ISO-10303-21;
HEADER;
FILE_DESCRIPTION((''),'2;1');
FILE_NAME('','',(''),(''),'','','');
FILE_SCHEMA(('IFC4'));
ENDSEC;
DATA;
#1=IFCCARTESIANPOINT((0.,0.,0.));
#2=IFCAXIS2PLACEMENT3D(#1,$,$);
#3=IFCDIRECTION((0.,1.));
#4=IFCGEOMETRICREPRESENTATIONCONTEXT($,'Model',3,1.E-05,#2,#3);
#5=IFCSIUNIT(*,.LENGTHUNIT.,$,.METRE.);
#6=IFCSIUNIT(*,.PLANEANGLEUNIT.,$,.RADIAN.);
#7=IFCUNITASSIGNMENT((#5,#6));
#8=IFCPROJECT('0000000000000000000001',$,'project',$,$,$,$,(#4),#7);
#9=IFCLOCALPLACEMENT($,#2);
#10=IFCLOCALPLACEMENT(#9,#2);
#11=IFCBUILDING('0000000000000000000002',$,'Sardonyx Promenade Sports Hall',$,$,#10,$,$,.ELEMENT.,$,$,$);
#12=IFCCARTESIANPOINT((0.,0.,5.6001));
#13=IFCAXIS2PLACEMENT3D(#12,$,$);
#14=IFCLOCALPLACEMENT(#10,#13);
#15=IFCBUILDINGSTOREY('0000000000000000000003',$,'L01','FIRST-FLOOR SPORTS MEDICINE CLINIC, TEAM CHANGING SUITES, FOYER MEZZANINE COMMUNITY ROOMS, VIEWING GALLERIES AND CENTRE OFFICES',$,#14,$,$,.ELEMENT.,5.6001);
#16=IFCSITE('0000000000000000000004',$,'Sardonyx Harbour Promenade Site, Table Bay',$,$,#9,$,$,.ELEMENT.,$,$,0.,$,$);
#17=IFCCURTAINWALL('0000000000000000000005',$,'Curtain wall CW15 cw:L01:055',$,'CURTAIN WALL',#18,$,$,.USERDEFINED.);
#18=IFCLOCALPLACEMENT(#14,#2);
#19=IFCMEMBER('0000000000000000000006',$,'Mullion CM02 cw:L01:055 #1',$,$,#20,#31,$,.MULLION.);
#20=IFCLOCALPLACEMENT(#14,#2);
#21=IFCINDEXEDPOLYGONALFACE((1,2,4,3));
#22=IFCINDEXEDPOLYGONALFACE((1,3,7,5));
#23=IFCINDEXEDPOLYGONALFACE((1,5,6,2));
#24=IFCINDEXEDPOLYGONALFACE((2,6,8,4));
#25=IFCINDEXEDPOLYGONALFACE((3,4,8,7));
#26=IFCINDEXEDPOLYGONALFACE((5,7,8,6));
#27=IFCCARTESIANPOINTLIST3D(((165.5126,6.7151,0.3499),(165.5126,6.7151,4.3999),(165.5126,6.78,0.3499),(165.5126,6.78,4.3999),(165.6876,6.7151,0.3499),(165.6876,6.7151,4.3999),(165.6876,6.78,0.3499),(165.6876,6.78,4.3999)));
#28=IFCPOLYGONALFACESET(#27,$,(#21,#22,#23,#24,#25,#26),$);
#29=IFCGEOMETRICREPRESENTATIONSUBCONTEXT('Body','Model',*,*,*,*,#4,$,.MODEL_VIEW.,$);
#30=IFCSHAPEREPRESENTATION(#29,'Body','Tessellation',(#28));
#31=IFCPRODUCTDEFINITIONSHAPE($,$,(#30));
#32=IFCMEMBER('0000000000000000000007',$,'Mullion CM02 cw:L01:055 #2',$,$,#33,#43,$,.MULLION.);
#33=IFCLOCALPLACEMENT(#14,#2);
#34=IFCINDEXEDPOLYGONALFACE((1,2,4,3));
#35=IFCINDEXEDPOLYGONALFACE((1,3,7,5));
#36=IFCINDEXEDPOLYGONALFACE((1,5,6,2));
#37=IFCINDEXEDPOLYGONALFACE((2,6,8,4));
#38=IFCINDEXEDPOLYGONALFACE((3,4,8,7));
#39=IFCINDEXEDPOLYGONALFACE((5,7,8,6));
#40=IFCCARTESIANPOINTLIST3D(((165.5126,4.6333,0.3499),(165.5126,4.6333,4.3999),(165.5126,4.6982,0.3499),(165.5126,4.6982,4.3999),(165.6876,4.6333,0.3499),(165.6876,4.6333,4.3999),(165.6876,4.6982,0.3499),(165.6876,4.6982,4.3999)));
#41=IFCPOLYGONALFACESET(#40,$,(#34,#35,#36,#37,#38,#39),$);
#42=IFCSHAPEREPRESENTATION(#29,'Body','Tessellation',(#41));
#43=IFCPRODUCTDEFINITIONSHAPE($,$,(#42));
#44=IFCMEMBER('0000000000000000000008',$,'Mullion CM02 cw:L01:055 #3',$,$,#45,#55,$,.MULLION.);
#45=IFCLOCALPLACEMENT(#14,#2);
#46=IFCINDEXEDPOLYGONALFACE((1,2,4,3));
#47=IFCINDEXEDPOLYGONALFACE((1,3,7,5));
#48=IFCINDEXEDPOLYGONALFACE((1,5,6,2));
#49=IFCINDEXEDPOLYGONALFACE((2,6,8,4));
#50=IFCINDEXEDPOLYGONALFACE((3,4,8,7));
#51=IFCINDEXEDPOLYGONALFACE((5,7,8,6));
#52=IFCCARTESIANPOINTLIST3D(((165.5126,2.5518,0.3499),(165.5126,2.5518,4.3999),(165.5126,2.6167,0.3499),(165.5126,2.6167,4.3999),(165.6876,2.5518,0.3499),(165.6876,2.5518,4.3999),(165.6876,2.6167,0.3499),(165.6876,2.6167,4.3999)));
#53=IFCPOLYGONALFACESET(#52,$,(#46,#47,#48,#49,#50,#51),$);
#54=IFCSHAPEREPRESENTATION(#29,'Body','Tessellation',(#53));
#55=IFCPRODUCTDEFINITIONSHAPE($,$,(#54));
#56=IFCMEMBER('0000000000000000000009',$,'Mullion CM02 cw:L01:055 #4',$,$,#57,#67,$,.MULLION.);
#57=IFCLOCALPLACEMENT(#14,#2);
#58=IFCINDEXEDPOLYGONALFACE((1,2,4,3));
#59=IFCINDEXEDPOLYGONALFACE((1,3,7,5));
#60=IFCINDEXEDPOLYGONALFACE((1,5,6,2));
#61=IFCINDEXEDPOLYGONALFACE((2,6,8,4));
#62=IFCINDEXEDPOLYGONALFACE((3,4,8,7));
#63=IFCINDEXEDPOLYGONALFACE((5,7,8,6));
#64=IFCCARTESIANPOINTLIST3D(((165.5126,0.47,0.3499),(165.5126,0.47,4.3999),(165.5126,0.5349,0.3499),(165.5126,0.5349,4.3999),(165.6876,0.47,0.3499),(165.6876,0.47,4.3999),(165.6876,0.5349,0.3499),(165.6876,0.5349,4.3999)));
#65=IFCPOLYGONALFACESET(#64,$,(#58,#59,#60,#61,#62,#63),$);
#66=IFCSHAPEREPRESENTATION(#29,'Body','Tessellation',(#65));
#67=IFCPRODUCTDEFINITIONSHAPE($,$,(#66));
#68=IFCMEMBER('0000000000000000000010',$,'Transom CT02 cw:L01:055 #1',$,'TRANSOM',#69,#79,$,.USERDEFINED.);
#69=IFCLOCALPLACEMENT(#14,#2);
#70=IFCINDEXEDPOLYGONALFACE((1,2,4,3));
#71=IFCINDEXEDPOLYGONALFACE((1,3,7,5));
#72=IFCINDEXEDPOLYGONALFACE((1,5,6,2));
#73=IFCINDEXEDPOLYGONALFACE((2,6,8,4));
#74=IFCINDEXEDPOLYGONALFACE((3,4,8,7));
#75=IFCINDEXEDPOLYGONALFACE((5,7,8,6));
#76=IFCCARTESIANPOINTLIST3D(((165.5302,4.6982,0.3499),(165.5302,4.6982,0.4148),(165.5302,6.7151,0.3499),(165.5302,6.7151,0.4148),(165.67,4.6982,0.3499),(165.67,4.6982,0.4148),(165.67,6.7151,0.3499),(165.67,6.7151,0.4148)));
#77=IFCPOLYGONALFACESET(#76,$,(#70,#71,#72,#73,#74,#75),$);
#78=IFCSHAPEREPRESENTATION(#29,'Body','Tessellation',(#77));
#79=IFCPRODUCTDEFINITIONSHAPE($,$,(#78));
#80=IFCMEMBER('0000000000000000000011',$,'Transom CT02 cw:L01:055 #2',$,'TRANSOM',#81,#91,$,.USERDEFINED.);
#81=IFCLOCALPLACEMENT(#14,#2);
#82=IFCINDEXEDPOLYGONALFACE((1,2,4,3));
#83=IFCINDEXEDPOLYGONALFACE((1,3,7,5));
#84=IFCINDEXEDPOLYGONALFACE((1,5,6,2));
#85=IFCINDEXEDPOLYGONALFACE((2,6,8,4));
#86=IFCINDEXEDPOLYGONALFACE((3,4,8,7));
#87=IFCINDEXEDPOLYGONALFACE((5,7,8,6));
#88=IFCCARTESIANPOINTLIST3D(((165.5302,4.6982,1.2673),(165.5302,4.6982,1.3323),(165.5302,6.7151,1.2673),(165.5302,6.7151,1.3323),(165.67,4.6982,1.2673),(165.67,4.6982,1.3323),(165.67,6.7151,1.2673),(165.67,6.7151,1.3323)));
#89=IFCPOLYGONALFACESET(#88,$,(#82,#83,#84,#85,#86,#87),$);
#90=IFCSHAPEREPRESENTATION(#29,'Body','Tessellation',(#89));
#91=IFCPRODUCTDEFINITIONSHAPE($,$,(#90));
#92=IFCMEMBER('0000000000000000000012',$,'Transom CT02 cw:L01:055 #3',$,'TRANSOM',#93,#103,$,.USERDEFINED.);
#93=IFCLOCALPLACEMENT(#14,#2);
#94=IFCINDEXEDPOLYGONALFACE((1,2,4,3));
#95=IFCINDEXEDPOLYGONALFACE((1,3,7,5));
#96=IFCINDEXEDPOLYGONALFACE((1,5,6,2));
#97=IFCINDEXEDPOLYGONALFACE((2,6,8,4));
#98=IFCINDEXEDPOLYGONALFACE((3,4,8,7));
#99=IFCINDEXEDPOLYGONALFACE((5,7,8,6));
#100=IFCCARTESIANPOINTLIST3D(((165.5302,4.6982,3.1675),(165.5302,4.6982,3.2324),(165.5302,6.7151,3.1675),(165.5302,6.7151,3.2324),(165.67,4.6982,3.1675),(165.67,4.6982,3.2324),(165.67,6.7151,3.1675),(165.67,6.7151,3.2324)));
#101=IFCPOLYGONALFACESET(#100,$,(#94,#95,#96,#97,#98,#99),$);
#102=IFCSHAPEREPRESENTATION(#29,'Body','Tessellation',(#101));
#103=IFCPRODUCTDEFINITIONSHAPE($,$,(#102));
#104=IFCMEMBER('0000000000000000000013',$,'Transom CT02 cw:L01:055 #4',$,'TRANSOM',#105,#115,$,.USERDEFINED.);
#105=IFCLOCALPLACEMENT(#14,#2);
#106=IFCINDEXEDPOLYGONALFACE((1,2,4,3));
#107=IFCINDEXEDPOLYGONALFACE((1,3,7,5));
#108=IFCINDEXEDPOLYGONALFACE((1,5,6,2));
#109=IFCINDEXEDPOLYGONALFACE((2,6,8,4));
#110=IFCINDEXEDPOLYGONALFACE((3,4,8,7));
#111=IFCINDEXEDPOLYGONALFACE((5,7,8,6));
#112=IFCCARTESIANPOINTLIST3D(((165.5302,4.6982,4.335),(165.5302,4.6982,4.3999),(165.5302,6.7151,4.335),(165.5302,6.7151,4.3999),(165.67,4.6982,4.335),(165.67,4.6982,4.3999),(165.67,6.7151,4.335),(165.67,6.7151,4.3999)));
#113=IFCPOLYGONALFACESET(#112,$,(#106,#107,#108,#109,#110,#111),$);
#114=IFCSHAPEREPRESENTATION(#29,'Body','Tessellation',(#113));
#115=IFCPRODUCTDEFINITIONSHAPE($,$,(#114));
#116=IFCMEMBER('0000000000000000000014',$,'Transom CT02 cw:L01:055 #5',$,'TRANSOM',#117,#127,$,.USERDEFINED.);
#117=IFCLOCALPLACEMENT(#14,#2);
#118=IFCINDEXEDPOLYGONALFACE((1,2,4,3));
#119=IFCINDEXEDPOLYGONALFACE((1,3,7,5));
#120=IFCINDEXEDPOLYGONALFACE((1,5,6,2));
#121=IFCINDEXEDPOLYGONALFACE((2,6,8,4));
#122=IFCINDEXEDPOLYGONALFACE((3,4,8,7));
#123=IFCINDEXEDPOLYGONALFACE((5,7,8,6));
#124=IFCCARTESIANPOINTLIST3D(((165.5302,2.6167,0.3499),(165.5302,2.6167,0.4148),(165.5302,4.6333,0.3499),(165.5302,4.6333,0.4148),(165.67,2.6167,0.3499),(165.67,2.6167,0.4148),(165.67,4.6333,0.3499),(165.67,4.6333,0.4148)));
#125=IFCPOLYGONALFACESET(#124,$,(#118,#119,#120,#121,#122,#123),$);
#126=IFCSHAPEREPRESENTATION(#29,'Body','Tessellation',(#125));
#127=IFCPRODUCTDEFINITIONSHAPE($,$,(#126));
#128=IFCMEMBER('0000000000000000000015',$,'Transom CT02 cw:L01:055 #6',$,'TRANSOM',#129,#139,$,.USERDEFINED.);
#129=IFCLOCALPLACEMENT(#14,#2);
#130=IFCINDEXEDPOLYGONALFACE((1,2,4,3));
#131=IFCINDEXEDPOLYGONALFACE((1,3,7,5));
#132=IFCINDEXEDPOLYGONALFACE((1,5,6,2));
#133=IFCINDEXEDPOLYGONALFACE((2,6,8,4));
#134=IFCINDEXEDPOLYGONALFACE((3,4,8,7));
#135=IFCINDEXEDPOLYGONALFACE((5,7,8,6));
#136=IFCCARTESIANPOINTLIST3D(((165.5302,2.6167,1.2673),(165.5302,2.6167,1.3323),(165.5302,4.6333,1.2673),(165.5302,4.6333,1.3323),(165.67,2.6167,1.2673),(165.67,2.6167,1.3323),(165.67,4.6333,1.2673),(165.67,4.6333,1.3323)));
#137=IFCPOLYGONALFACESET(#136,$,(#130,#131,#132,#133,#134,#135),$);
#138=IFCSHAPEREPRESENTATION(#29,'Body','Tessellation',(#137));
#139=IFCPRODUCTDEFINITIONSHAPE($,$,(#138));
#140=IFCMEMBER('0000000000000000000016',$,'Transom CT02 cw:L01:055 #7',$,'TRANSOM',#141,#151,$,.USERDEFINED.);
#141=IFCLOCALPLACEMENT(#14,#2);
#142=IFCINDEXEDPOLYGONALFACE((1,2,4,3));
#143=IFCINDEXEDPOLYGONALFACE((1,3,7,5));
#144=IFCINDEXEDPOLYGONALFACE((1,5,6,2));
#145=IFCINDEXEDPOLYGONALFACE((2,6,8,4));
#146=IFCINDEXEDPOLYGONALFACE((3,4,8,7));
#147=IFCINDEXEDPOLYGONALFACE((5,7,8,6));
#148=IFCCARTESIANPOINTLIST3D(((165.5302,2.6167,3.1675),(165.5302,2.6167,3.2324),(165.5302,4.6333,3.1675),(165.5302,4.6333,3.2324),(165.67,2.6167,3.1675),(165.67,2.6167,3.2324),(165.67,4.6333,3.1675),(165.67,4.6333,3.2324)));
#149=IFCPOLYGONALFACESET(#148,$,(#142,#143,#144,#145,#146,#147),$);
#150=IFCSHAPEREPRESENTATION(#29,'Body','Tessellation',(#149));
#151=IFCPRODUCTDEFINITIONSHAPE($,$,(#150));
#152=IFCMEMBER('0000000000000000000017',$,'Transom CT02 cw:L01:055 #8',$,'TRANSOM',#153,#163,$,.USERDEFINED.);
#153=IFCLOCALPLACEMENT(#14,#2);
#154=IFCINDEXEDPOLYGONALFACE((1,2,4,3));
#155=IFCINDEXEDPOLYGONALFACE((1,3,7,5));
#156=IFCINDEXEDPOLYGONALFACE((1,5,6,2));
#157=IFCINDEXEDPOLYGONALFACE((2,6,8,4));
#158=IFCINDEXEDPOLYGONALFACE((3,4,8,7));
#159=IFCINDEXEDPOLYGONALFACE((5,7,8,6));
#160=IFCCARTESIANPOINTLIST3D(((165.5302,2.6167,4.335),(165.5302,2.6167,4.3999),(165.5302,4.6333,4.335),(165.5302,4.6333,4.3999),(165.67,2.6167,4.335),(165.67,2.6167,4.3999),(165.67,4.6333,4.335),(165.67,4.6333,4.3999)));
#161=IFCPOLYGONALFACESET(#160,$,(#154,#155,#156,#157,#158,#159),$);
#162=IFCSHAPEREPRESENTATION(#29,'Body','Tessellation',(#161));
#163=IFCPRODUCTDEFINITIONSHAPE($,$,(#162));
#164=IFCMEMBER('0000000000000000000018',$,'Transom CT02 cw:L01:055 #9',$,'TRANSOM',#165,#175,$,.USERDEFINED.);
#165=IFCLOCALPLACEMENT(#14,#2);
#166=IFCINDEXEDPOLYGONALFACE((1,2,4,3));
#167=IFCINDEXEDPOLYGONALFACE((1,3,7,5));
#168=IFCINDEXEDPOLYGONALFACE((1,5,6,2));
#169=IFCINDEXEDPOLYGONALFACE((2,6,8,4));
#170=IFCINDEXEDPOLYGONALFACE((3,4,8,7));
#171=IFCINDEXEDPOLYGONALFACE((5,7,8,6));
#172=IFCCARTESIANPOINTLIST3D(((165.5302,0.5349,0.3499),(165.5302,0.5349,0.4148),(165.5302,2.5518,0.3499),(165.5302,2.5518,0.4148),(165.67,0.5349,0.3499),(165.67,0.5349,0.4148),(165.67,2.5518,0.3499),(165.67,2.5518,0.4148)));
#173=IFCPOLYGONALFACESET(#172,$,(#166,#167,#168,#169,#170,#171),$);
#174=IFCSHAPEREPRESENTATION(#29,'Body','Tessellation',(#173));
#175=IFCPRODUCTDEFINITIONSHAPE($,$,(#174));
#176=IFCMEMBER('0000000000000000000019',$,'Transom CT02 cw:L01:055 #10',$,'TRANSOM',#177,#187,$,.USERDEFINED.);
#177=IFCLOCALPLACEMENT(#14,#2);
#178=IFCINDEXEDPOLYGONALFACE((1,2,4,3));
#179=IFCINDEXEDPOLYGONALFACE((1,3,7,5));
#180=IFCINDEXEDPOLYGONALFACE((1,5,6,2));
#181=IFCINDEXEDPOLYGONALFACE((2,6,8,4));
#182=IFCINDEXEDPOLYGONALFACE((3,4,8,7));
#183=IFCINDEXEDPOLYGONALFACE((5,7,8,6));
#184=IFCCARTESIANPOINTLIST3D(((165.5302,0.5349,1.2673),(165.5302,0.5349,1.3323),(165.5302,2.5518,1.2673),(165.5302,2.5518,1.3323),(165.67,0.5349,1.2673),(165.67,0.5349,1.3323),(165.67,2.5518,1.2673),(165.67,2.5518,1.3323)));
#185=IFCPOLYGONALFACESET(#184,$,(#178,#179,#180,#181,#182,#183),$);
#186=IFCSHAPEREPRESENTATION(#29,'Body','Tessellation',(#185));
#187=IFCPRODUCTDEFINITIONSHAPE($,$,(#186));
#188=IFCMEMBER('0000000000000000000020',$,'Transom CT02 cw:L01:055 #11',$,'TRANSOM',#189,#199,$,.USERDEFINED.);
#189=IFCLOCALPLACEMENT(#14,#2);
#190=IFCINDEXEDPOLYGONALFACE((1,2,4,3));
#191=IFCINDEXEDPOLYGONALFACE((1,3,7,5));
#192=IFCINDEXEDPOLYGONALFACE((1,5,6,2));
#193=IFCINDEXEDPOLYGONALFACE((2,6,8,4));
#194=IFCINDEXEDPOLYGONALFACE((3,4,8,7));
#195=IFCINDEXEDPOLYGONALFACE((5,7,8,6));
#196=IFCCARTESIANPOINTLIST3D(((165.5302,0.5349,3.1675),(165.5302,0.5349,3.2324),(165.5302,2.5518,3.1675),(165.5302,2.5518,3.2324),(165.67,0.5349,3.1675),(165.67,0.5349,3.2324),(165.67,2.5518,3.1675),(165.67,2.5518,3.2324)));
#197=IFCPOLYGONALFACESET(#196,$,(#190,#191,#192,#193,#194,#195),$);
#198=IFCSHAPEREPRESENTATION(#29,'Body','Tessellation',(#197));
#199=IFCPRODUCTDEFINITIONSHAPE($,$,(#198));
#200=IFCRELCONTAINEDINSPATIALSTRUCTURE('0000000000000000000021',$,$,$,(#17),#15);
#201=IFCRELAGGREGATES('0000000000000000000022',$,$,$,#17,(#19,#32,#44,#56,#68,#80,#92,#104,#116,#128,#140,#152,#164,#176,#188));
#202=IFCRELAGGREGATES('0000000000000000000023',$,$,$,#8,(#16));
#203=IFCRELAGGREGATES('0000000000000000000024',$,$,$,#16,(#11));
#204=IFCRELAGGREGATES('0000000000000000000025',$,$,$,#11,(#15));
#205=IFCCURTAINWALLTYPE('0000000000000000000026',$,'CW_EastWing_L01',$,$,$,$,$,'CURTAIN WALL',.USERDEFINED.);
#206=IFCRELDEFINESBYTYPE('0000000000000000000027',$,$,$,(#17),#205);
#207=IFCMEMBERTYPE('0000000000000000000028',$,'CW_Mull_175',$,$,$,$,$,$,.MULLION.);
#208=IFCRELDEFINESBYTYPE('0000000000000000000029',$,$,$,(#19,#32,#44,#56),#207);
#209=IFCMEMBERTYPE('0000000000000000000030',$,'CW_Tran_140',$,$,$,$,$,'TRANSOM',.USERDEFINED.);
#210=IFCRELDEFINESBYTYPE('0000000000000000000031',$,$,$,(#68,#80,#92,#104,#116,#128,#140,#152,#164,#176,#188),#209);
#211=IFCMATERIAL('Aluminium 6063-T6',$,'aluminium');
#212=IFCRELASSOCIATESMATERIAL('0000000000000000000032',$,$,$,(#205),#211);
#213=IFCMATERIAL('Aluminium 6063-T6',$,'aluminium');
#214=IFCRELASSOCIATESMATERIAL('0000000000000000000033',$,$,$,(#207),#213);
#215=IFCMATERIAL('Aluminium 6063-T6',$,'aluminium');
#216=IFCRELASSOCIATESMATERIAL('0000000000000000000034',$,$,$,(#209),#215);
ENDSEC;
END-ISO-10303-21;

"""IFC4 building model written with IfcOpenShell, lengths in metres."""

from ifc_helpers import new_model, si_unit, direction, frame, origin, origin_2d, place, context, subcontext, project, spatial, rectangle, extrude, material, material_profile, profile_set, type_object, element, aggregate, save


model = new_model("IFC4")

# Units and contexts
model_context = context("Model", 3, precision=1e-05, world=origin(), true_north=direction((0.0, 1.0)))
body_context = subcontext(model_context, "Body", "Model", "MODEL_VIEW")
ifc_project = project(units=[si_unit("LENGTHUNIT", "METRE"), si_unit("PLANEANGLEUNIT", "RADIAN")], contexts=[model_context])

# Site, building, storey
site_placement = place(None, origin())
site = spatial("IfcSite", under=ifc_project, at=site_placement, Name="Sardonyx Harbour Promenade Site, Table Bay", CompositionType="ELEMENT", RefElevation=0.0)
building_placement = place(site_placement, origin())
building = spatial("IfcBuilding", under=site, at=building_placement, Name="Sardonyx Promenade Sports Hall", CompositionType="ELEMENT")
storey_placement = place(building_placement, frame((0.0, 0.0, 5.6001)))
storey = spatial("IfcBuildingStorey", under=building, at=storey_placement, Name="L01", Description="FIRST-FLOOR SPORTS MEDICINE CLINIC, TEAM CHANGING SUITES, FOYER MEZZANINE COMMUNITY ROOMS, VIEWING GALLERIES AND CENTRE OFFICES", CompositionType="ELEMENT", Elevation=5.6001)

# Curtain wall, members
ifc_material_1 = material(Name="Aluminium 6063-T6", Category="aluminium")
curtain_wall_type = type_object("IfcCurtainWallType", Name="CW_EastWing_L01", ElementType="CURTAIN WALL", PredefinedType="USERDEFINED", material=ifc_material_1)
curtain_wall_placement = place(storey_placement, origin())
curtain_wall = element("IfcCurtainWall", 1, at=curtain_wall_placement, inside=storey, type_object=curtain_wall_type, Name="Curtain wall CW15 cw:L01:055", ObjectType="CURTAIN WALL", PredefinedType="USERDEFINED")
ifc_material_2 = material(Name="Aluminium 6063-T6", Category="aluminium")
ifc_material_profile_1 = material_profile(ifc_material_2, rectangle(XDim=0.0649, YDim=0.175, at=origin_2d()))
ifc_profile_set_1 = profile_set([ifc_material_profile_1], Name="Aluminium 6063-T6")
member_type_1 = type_object("IfcMemberType", Name="CW_Mull_175", PredefinedType="MULLION", material=ifc_profile_set_1)
member_1_placement = place(storey_placement, frame((165.6001, 6.7476, 0.3499), z_axis=(0.0, 0.0, 1.0), x_axis=(0.0, -1.0, 0.0)))
member_1 = element("IfcMember", 2, at=member_1_placement, type_object=member_type_1, Name="Mullion CM02 cw:L01:055 #1", PredefinedType="MULLION", context=body_context, shape_type="SweptSolid", body=[
    extrude(rectangle(XDim=0.0649, YDim=0.175, at=origin_2d()), origin(), (0.0, 0.0, 1.0), 4.05),
])
member_2_placement = place(storey_placement, frame((165.6001, 4.6658, 0.3499), z_axis=(0.0, 0.0, 1.0), x_axis=(0.0, -1.0, 0.0)))
member_2 = element("IfcMember", 3, at=member_2_placement, type_object=member_type_1, Name="Mullion CM02 cw:L01:055 #2", PredefinedType="MULLION", context=body_context, shape_type="SweptSolid", body=[
    extrude(rectangle(XDim=0.0649, YDim=0.175, at=origin_2d()), origin(), (0.0, 0.0, 1.0), 4.05),
])
member_3_placement = place(storey_placement, frame((165.6001, 2.5842, 0.3499), z_axis=(0.0, 0.0, 1.0), x_axis=(0.0, -1.0, 0.0)))
member_3 = element("IfcMember", 4, at=member_3_placement, type_object=member_type_1, Name="Mullion CM02 cw:L01:055 #3", PredefinedType="MULLION", context=body_context, shape_type="SweptSolid", body=[
    extrude(rectangle(XDim=0.0649, YDim=0.175, at=origin_2d()), origin(), (0.0, 0.0, 1.0), 4.05),
])
member_4_placement = place(storey_placement, frame((165.6001, 0.5024, 0.3499), z_axis=(0.0, 0.0, 1.0), x_axis=(0.0, -1.0, 0.0)))
member_4 = element("IfcMember", 5, at=member_4_placement, type_object=member_type_1, Name="Mullion CM02 cw:L01:055 #4", PredefinedType="MULLION", context=body_context, shape_type="SweptSolid", body=[
    extrude(rectangle(XDim=0.0649, YDim=0.175, at=origin_2d()), origin(), (0.0, 0.0, 1.0), 4.05),
])
ifc_material_3 = material(Name="Aluminium 6063-T6", Category="aluminium")
ifc_material_profile_2 = material_profile(ifc_material_3, rectangle(XDim=0.0649, YDim=0.1399, at=origin_2d()))
ifc_profile_set_2 = profile_set([ifc_material_profile_2], Name="Aluminium 6063-T6")
member_type_2 = type_object("IfcMemberType", Name="CW_Tran_140", ElementType="TRANSOM", PredefinedType="USERDEFINED", material=ifc_profile_set_2)
member_5_placement = place(storey_placement, frame((165.6001, 6.7151, 0.3823), z_axis=(0.0, -1.0, 0.0), x_axis=(0.0, 0.0, 1.0)))
member_5 = element("IfcMember", 6, at=member_5_placement, type_object=member_type_2, Name="Transom CT02 cw:L01:055 #1", ObjectType="TRANSOM", PredefinedType="USERDEFINED", context=body_context, shape_type="SweptSolid", body=[
    extrude(rectangle(XDim=0.0649, YDim=0.1399, at=origin_2d()), origin(), (0.0, 0.0, 1.0), 2.0168),
])
member_6_placement = place(storey_placement, frame((165.6001, 6.7151, 1.2998), z_axis=(0.0, -1.0, 0.0), x_axis=(0.0, 0.0, 1.0)))
member_6 = element("IfcMember", 7, at=member_6_placement, type_object=member_type_2, Name="Transom CT02 cw:L01:055 #2", ObjectType="TRANSOM", PredefinedType="USERDEFINED", context=body_context, shape_type="SweptSolid", body=[
    extrude(rectangle(XDim=0.0649, YDim=0.1399, at=origin_2d()), origin(), (0.0, 0.0, 1.0), 2.0168),
])
member_7_placement = place(storey_placement, frame((165.6001, 6.7151, 3.2), z_axis=(0.0, -1.0, 0.0), x_axis=(0.0, 0.0, 1.0)))
member_7 = element("IfcMember", 8, at=member_7_placement, type_object=member_type_2, Name="Transom CT02 cw:L01:055 #3", ObjectType="TRANSOM", PredefinedType="USERDEFINED", context=body_context, shape_type="SweptSolid", body=[
    extrude(rectangle(XDim=0.0649, YDim=0.1399, at=origin_2d()), origin(), (0.0, 0.0, 1.0), 2.0168),
])
member_8_placement = place(storey_placement, frame((165.6001, 6.7151, 4.3674), z_axis=(0.0, -1.0, 0.0), x_axis=(0.0, 0.0, 1.0)))
member_8 = element("IfcMember", 9, at=member_8_placement, type_object=member_type_2, Name="Transom CT02 cw:L01:055 #4", ObjectType="TRANSOM", PredefinedType="USERDEFINED", context=body_context, shape_type="SweptSolid", body=[
    extrude(rectangle(XDim=0.0649, YDim=0.1399, at=origin_2d()), origin(), (0.0, 0.0, 1.0), 2.0168),
])
member_9_placement = place(storey_placement, frame((165.6001, 4.6333, 0.3823), z_axis=(0.0, -1.0, 0.0), x_axis=(0.0, 0.0, 1.0)))
member_9 = element("IfcMember", 10, at=member_9_placement, type_object=member_type_2, Name="Transom CT02 cw:L01:055 #5", ObjectType="TRANSOM", PredefinedType="USERDEFINED", context=body_context, shape_type="SweptSolid", body=[
    extrude(rectangle(XDim=0.0649, YDim=0.1399, at=origin_2d()), origin(), (0.0, 0.0, 1.0), 2.0166),
])
member_10_placement = place(storey_placement, frame((165.6001, 4.6333, 1.2998), z_axis=(0.0, -1.0, 0.0), x_axis=(0.0, 0.0, 1.0)))
member_10 = element("IfcMember", 11, at=member_10_placement, type_object=member_type_2, Name="Transom CT02 cw:L01:055 #6", ObjectType="TRANSOM", PredefinedType="USERDEFINED", context=body_context, shape_type="SweptSolid", body=[
    extrude(rectangle(XDim=0.0649, YDim=0.1399, at=origin_2d()), origin(), (0.0, 0.0, 1.0), 2.0166),
])
member_11_placement = place(storey_placement, frame((165.6001, 4.6333, 3.2), z_axis=(0.0, -1.0, 0.0), x_axis=(0.0, 0.0, 1.0)))
member_11 = element("IfcMember", 12, at=member_11_placement, type_object=member_type_2, Name="Transom CT02 cw:L01:055 #7", ObjectType="TRANSOM", PredefinedType="USERDEFINED", context=body_context, shape_type="SweptSolid", body=[
    extrude(rectangle(XDim=0.0649, YDim=0.1399, at=origin_2d()), origin(), (0.0, 0.0, 1.0), 2.0166),
])
member_12_placement = place(storey_placement, frame((165.6001, 4.6333, 4.3674), z_axis=(0.0, -1.0, 0.0), x_axis=(0.0, 0.0, 1.0)))
member_12 = element("IfcMember", 13, at=member_12_placement, type_object=member_type_2, Name="Transom CT02 cw:L01:055 #8", ObjectType="TRANSOM", PredefinedType="USERDEFINED", context=body_context, shape_type="SweptSolid", body=[
    extrude(rectangle(XDim=0.0649, YDim=0.1399, at=origin_2d()), origin(), (0.0, 0.0, 1.0), 2.0166),
])
member_13_placement = place(storey_placement, frame((165.6001, 2.5518, 0.3823), z_axis=(0.0, -1.0, 0.0), x_axis=(0.0, 0.0, 1.0)))
member_13 = element("IfcMember", 14, at=member_13_placement, type_object=member_type_2, Name="Transom CT02 cw:L01:055 #9", ObjectType="TRANSOM", PredefinedType="USERDEFINED", context=body_context, shape_type="SweptSolid", body=[
    extrude(rectangle(XDim=0.0649, YDim=0.1399, at=origin_2d()), origin(), (0.0, 0.0, 1.0), 2.0168),
])
member_14_placement = place(storey_placement, frame((165.6001, 2.5518, 1.2998), z_axis=(0.0, -1.0, 0.0), x_axis=(0.0, 0.0, 1.0)))
member_14 = element("IfcMember", 15, at=member_14_placement, type_object=member_type_2, Name="Transom CT02 cw:L01:055 #10", ObjectType="TRANSOM", PredefinedType="USERDEFINED", context=body_context, shape_type="SweptSolid", body=[
    extrude(rectangle(XDim=0.0649, YDim=0.1399, at=origin_2d()), origin(), (0.0, 0.0, 1.0), 2.0168),
])
member_15_placement = place(storey_placement, frame((165.6001, 2.5518, 3.2), z_axis=(0.0, -1.0, 0.0), x_axis=(0.0, 0.0, 1.0)))
member_15 = element("IfcMember", 16, at=member_15_placement, type_object=member_type_2, Name="Transom CT02 cw:L01:055 #11", ObjectType="TRANSOM", PredefinedType="USERDEFINED", context=body_context, shape_type="SweptSolid", body=[
    extrude(rectangle(XDim=0.0649, YDim=0.1399, at=origin_2d()), origin(), (0.0, 0.0, 1.0), 2.0168),
])
aggregate(curtain_wall, [member_1, member_2, member_3, member_4, member_5, member_6, member_7, member_8, member_9, member_10, member_11, member_12, member_13, member_14, member_15])

save(model, "model.ifc")
